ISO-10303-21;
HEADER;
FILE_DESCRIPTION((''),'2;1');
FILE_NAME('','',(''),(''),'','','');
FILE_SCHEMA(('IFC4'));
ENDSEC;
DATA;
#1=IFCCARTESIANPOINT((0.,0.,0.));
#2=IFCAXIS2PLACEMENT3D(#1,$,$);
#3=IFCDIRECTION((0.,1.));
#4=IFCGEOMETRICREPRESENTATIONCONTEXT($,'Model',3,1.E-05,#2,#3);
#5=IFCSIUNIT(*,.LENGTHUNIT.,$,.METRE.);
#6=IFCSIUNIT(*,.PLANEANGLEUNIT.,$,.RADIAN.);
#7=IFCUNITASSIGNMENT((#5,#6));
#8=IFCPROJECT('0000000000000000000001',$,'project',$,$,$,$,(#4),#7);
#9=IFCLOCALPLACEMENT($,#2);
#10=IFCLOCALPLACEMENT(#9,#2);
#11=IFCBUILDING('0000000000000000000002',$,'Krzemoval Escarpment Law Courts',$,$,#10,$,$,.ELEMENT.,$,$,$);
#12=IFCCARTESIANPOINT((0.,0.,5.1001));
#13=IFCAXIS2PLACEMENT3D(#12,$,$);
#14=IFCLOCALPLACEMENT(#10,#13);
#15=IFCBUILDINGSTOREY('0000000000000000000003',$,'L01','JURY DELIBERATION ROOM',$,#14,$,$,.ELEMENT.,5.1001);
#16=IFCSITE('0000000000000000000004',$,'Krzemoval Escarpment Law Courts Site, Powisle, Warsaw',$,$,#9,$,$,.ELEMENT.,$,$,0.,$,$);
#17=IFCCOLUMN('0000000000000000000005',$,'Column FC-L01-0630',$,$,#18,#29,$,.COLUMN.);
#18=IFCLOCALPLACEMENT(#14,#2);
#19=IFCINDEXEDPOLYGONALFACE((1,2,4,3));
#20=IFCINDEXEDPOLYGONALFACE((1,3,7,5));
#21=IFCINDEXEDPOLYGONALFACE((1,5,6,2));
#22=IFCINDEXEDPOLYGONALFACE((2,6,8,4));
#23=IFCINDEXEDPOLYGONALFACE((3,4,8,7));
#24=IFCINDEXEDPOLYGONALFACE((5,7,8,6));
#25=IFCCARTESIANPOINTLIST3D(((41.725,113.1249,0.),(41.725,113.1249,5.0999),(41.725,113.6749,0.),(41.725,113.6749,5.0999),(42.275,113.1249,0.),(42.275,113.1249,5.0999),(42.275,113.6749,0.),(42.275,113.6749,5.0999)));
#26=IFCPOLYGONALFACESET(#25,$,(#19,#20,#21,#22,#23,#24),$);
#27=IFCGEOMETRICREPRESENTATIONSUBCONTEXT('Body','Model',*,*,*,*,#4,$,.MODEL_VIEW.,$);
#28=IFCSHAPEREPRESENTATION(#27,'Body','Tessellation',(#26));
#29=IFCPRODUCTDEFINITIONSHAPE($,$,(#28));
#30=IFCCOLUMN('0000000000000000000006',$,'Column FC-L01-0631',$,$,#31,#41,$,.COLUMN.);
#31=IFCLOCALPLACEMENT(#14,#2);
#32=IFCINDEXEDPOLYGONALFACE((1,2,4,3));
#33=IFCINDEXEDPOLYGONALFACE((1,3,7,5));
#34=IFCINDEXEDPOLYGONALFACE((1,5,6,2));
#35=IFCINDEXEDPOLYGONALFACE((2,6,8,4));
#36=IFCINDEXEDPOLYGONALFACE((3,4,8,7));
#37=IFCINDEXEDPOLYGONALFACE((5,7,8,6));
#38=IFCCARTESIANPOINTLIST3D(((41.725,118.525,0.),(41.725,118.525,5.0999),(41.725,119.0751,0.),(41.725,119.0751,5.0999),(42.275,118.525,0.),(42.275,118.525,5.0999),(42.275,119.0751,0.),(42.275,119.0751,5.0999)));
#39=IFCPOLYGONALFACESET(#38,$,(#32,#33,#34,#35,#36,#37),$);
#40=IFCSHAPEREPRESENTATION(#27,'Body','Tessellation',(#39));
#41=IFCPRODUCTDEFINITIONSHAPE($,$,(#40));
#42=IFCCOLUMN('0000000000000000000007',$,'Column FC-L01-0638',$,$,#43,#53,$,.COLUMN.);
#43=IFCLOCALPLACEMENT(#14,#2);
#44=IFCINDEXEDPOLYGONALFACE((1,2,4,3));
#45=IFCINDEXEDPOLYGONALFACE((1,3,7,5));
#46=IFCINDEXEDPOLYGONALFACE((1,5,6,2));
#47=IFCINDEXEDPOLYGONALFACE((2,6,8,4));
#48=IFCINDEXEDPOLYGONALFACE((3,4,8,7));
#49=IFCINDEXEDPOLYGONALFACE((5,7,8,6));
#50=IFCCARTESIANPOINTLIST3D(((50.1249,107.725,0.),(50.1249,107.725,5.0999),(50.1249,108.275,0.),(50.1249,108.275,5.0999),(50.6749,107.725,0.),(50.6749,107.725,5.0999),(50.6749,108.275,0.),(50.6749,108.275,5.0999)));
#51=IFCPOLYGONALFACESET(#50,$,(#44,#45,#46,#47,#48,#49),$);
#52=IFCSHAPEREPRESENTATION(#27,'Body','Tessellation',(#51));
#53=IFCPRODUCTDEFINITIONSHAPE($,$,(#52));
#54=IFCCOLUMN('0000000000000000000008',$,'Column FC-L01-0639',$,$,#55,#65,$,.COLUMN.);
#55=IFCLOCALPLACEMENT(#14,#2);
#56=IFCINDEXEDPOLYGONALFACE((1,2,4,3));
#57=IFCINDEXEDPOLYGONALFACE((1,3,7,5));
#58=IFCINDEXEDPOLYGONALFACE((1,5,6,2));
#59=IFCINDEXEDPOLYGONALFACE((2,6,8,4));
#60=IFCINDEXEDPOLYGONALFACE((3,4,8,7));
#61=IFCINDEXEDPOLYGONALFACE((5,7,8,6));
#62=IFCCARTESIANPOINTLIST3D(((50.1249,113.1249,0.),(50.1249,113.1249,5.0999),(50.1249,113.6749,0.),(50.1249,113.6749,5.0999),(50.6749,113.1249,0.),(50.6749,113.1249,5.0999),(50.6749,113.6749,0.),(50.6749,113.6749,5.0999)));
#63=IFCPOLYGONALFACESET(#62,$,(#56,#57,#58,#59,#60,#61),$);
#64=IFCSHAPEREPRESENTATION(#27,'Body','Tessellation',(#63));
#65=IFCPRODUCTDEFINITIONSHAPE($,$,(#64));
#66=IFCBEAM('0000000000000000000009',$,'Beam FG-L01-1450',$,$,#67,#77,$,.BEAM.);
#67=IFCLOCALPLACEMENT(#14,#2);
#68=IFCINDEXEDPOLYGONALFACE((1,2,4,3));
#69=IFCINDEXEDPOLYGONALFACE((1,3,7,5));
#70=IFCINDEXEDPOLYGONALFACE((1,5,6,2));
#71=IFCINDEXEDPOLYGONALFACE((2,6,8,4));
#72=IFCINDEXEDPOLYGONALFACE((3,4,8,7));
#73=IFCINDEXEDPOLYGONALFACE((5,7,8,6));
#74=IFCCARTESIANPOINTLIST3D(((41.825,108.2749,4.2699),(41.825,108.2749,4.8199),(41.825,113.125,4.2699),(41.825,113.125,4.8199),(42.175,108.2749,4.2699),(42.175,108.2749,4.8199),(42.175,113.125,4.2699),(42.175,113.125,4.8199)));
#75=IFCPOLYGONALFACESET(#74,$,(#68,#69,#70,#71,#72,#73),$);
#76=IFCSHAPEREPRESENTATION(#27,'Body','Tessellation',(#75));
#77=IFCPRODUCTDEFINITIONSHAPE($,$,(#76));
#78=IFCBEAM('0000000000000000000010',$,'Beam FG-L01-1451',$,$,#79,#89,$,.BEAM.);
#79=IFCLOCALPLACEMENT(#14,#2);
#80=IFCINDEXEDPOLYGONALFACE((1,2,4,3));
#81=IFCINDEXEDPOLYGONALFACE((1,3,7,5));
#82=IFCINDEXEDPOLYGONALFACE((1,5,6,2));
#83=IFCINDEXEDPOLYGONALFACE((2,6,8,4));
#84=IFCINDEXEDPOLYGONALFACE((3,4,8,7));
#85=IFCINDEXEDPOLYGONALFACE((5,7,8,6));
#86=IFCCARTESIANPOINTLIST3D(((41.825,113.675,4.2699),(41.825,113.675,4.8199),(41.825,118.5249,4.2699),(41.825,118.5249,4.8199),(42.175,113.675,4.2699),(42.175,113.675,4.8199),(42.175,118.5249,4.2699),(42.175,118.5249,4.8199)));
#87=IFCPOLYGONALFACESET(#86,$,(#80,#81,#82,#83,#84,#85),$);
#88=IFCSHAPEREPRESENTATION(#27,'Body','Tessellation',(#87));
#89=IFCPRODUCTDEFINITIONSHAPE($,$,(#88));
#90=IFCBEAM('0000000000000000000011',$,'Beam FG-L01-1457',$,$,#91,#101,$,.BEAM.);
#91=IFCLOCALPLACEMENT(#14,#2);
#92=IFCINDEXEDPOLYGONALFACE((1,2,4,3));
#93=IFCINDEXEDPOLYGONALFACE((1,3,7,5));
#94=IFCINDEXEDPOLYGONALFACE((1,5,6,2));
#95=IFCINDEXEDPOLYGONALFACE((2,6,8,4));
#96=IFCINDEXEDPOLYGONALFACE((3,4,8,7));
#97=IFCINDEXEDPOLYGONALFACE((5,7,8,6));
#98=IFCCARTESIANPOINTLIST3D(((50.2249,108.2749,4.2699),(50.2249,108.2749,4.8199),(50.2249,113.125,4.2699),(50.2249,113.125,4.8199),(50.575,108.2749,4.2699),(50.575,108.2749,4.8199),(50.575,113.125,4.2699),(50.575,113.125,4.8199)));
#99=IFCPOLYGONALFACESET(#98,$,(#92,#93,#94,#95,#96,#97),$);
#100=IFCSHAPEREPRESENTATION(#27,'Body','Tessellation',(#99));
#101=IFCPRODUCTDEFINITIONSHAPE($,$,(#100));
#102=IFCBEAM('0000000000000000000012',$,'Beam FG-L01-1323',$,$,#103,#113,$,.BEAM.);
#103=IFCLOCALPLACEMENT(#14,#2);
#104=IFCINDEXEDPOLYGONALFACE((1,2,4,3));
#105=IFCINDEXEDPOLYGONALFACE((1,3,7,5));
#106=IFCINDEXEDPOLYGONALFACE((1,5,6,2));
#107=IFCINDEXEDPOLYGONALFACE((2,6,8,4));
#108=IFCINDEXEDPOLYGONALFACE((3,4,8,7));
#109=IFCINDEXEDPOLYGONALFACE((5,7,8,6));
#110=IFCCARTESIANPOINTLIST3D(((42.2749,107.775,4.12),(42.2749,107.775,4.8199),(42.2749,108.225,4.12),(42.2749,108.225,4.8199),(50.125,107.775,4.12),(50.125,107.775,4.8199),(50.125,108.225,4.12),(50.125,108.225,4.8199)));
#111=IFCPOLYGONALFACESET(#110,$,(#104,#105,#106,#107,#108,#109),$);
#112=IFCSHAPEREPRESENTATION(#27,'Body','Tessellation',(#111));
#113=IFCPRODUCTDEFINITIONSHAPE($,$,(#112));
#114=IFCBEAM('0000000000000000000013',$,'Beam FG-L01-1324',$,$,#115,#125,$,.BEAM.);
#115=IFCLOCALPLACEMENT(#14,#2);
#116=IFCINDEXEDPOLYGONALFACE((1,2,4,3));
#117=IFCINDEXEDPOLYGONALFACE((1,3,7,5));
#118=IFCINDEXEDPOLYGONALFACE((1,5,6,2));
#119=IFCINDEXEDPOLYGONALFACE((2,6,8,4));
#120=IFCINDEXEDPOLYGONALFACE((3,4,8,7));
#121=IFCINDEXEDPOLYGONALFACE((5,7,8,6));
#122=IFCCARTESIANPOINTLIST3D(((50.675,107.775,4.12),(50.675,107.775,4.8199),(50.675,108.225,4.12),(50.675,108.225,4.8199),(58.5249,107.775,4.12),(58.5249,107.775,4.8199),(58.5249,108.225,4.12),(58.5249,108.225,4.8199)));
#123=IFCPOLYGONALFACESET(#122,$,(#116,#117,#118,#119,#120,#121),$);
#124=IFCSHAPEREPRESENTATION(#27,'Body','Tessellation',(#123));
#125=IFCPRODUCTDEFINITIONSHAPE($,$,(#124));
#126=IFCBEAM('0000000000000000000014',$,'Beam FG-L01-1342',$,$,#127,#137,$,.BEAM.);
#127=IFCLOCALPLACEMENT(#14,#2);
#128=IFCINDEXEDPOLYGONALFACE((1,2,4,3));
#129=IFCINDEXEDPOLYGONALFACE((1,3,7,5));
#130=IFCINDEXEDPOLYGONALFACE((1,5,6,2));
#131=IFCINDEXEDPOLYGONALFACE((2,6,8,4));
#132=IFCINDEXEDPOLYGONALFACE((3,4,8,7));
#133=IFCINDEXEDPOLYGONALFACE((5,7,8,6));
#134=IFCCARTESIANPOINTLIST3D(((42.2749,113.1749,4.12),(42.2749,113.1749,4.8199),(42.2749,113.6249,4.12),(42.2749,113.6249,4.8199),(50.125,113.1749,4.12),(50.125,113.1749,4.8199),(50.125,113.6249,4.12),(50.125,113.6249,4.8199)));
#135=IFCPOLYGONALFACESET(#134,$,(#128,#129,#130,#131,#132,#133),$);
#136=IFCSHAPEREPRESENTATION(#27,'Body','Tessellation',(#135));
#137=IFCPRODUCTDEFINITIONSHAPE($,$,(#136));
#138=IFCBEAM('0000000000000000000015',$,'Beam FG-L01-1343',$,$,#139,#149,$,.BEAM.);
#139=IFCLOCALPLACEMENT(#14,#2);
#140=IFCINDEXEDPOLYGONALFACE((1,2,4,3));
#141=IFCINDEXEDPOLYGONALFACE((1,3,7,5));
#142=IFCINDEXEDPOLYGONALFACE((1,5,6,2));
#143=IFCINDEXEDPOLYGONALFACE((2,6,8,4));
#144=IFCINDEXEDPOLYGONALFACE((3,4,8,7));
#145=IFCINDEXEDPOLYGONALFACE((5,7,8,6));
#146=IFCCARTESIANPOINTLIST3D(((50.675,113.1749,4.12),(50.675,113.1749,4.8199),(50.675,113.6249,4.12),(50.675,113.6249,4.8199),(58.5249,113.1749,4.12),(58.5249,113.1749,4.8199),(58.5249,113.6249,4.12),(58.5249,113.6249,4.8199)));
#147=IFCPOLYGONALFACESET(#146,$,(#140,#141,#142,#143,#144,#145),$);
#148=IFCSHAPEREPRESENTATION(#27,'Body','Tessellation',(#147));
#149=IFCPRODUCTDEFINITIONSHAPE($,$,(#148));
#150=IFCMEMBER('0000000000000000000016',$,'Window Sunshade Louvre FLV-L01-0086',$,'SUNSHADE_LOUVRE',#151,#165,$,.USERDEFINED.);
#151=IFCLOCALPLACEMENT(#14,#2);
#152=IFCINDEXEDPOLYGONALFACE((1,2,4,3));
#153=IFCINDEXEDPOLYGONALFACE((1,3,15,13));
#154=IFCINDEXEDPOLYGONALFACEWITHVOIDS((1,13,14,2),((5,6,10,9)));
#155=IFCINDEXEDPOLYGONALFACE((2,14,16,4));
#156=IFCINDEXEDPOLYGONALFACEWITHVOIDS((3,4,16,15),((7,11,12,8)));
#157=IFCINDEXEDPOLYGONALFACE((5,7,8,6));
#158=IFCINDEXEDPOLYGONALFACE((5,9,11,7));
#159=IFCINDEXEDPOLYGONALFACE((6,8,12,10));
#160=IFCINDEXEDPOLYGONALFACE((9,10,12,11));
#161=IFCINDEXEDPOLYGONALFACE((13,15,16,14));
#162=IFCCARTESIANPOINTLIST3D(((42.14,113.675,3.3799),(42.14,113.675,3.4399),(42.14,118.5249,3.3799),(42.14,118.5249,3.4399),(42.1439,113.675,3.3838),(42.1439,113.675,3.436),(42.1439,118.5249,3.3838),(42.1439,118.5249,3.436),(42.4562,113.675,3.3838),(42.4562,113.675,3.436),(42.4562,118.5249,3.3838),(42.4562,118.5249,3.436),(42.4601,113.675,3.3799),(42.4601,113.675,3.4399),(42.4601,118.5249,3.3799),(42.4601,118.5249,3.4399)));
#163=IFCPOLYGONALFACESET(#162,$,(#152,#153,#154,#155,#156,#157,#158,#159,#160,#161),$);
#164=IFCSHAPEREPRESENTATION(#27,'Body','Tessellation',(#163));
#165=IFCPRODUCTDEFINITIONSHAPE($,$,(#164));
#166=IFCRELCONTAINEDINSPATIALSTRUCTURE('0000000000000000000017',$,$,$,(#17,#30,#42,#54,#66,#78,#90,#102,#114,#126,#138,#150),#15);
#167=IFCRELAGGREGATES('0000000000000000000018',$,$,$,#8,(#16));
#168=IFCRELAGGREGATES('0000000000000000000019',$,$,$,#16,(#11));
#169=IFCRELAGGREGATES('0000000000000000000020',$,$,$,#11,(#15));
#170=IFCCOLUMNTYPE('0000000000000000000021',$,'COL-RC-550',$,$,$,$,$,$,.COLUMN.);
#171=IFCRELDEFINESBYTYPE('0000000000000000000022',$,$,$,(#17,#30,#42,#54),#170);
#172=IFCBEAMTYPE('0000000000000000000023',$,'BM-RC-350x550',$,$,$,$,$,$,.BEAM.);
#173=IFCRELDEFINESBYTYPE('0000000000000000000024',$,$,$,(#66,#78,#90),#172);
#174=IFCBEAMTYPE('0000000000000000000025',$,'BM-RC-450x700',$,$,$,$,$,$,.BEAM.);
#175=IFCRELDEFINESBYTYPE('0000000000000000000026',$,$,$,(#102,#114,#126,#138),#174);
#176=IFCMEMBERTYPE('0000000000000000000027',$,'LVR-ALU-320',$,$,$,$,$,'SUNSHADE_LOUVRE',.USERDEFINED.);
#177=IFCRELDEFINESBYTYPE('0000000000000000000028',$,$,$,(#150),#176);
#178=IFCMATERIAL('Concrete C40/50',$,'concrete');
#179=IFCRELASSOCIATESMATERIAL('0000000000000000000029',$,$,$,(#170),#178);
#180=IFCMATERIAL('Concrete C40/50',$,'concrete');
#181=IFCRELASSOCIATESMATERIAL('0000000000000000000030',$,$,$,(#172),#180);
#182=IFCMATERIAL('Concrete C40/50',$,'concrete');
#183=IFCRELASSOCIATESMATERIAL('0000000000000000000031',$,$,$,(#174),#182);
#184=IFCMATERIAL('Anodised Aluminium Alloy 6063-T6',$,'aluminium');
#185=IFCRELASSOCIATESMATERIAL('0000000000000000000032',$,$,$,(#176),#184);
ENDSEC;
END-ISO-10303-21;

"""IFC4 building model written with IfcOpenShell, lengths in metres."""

from ifc_helpers import new_model, si_unit, direction, frame, origin, origin_2d, place, context, subcontext, project, spatial, rectangle, hollow_rectangle, extrude, material, material_profile, profile_set, type_object, element, save


model = new_model("IFC4")

# Units and contexts
model_context = context("Model", 3, precision=1e-05, world=origin(), true_north=direction((0.0, 1.0)))
body_context = subcontext(model_context, "Body", "Model", "MODEL_VIEW")
ifc_project = project(units=[si_unit("LENGTHUNIT", "METRE"), si_unit("PLANEANGLEUNIT", "RADIAN")], contexts=[model_context])

# Site, building, storey
site_placement = place(None, origin())
site = spatial("IfcSite", under=ifc_project, at=site_placement, Name="Krzemoval Escarpment Law Courts Site, Powisle, Warsaw", CompositionType="ELEMENT", RefElevation=0.0)
building_placement = place(site_placement, origin())
building = spatial("IfcBuilding", under=site, at=building_placement, Name="Krzemoval Escarpment Law Courts", CompositionType="ELEMENT")
storey_placement = place(building_placement, frame((0.0, 0.0, 5.1001)))
storey = spatial("IfcBuildingStorey", under=building, at=storey_placement, Name="L01", Description="JURY DELIBERATION ROOM", CompositionType="ELEMENT", Elevation=5.1001)

# Columns
ifc_material_1 = material(Name="Concrete C40/50", Category="concrete")
ifc_material_profile_1 = material_profile(ifc_material_1, rectangle(XDim=0.55, YDim=0.55, at=origin_2d()), Name="RC 550x550")
ifc_profile_set_1 = profile_set([ifc_material_profile_1], Name="Concrete C40/50")
column_type = type_object("IfcColumnType", Name="COL-RC-550", PredefinedType="COLUMN", material=ifc_profile_set_1)
for number, where, z_axis, x_axis, name in (
    (1, (42.0, 113.3999, 0.0), (0.0, 0.0, 1.0), (1.0, 0.0, 0.0), "Column FC-L01-0630"),
    (2, (42.0, 118.8, 0.0), (0.0, 0.0, 1.0), (1.0, 0.0, 0.0), "Column FC-L01-0631"),
    (3, (50.3999, 108.0, 0.0), (0.0, 0.0, 1.0), (1.0, 0.0, 0.0), "Column FC-L01-0638"),
    (4, (50.3999, 113.3999, 0.0), (0.0, 0.0, 1.0), (1.0, 0.0, 0.0), "Column FC-L01-0639"),
):
    element("IfcColumn", number, at=place(storey_placement, frame(where, z_axis=z_axis, x_axis=x_axis)), inside=storey, type_object=column_type, Name=name, PredefinedType="COLUMN", context=body_context, shape_type="SweptSolid", body=[
        extrude(rectangle(XDim=0.55, YDim=0.55, at=origin_2d()), origin(), (0.0, 0.0, 1.0), 5.0999),
    ])

# Beams
ifc_material_2 = material(Name="Concrete C40/50", Category="concrete")
ifc_material_profile_2 = material_profile(ifc_material_2, rectangle(XDim=0.3501, YDim=0.55, at=origin_2d()), Name="RCB 350x550")
ifc_profile_set_2 = profile_set([ifc_material_profile_2], Name="Concrete C40/50")
beam_type_1 = type_object("IfcBeamType", Name="BM-RC-350x550", PredefinedType="BEAM", material=ifc_profile_set_2)
beam_1_placement = place(storey_placement, frame((42.0, 108.2749, 4.5449), z_axis=(0.0, 1.0, 0.0), x_axis=(-1.0, 0.0, 0.0)))
element("IfcBeam", 5, at=beam_1_placement, inside=storey, type_object=beam_type_1, Name="Beam FG-L01-1450", PredefinedType="BEAM", context=body_context, shape_type="SweptSolid", body=[
    extrude(rectangle(XDim=0.3501, YDim=0.55, at=origin_2d()), origin(), (0.0, 0.0, 1.0), 4.8501),
])
beam_2_placement = place(storey_placement, frame((42.0, 113.675, 4.5449), z_axis=(0.0, 1.0, 0.0), x_axis=(-1.0, 0.0, 0.0)))
element("IfcBeam", 6, at=beam_2_placement, inside=storey, type_object=beam_type_1, Name="Beam FG-L01-1451", PredefinedType="BEAM", context=body_context, shape_type="SweptSolid", body=[
    extrude(rectangle(XDim=0.3501, YDim=0.55, at=origin_2d()), origin(), (0.0, 0.0, 1.0), 4.8499),
])
beam_3_placement = place(storey_placement, frame((50.3999, 108.2749, 4.5449), z_axis=(0.0, 1.0, 0.0), x_axis=(-1.0, 0.0, 0.0)))
element("IfcBeam", 7, at=beam_3_placement, inside=storey, type_object=beam_type_1, Name="Beam FG-L01-1457", PredefinedType="BEAM", context=body_context, shape_type="SweptSolid", body=[
    extrude(rectangle(XDim=0.3501, YDim=0.55, at=origin_2d()), origin(), (0.0, 0.0, 1.0), 4.8501),
])
ifc_material_3 = material(Name="Concrete C40/50", Category="concrete")
ifc_material_profile_3 = material_profile(ifc_material_3, rectangle(XDim=0.45, YDim=0.7, at=origin_2d()), Name="RCB 450x700")
ifc_profile_set_3 = profile_set([ifc_material_profile_3], Name="Concrete C40/50")
beam_type_2 = type_object("IfcBeamType", Name="BM-RC-450x700", PredefinedType="BEAM", material=ifc_profile_set_3)
beam_4_placement = place(storey_placement, frame((42.2749, 108.0, 4.47), z_axis=(1.0, 0.0, 0.0), x_axis=(0.0, 1.0, 0.0)))
element("IfcBeam", 8, at=beam_4_placement, inside=storey, type_object=beam_type_2, Name="Beam FG-L01-1323", PredefinedType="BEAM", context=body_context, shape_type="SweptSolid", body=[
    extrude(rectangle(XDim=0.45, YDim=0.7, at=origin_2d()), origin(), (0.0, 0.0, 1.0), 7.8501),
])
beam_5_placement = place(storey_placement, frame((50.675, 108.0, 4.47), z_axis=(1.0, 0.0, 0.0), x_axis=(0.0, 1.0, 0.0)))
element("IfcBeam", 9, at=beam_5_placement, inside=storey, type_object=beam_type_2, Name="Beam FG-L01-1324", PredefinedType="BEAM", context=body_context, shape_type="SweptSolid", body=[
    extrude(rectangle(XDim=0.45, YDim=0.7, at=origin_2d()), origin(), (0.0, 0.0, 1.0), 7.8499),
])
beam_6_placement = place(storey_placement, frame((42.2749, 113.3999, 4.47), z_axis=(1.0, 0.0, 0.0), x_axis=(0.0, 1.0, 0.0)))
element("IfcBeam", 10, at=beam_6_placement, inside=storey, type_object=beam_type_2, Name="Beam FG-L01-1342", PredefinedType="BEAM", context=body_context, shape_type="SweptSolid", body=[
    extrude(rectangle(XDim=0.45, YDim=0.7, at=origin_2d()), origin(), (0.0, 0.0, 1.0), 7.8501),
])
beam_7_placement = place(storey_placement, frame((50.675, 113.3999, 4.47), z_axis=(1.0, 0.0, 0.0), x_axis=(0.0, 1.0, 0.0)))
element("IfcBeam", 11, at=beam_7_placement, inside=storey, type_object=beam_type_2, Name="Beam FG-L01-1343", PredefinedType="BEAM", context=body_context, shape_type="SweptSolid", body=[
    extrude(rectangle(XDim=0.45, YDim=0.7, at=origin_2d()), origin(), (0.0, 0.0, 1.0), 7.8499),
])

# Member
ifc_material_4 = material(Name="Anodised Aluminium Alloy 6063-T6", Category="aluminium")
ifc_material_profile_4 = material_profile(ifc_material_4, hollow_rectangle(XDim=0.0601, YDim=0.3201, WallThickness=0.0039, at=origin_2d()), Name="ALU LVR 60x320")
ifc_profile_set_4 = profile_set([ifc_material_profile_4], Name="Anodised Aluminium Alloy 6063-T6")
member_type = type_object("IfcMemberType", Name="LVR-ALU-320", ElementType="SUNSHADE_LOUVRE", PredefinedType="USERDEFINED", material=ifc_profile_set_4)
member_placement = place(storey_placement, frame((42.3, 118.5249, 3.4099), z_axis=(0.0, -1.0, 0.0), x_axis=(0.0, 0.0, 1.0)))
element("IfcMember", 12, at=member_placement, inside=storey, type_object=member_type, Name="Window Sunshade Louvre FLV-L01-0086", ObjectType="SUNSHADE_LOUVRE", PredefinedType="USERDEFINED", context=body_context, shape_type="SweptSolid", body=[
    extrude(hollow_rectangle(XDim=0.0601, YDim=0.3201, WallThickness=0.0039, at=origin_2d()), origin(), (0.0, 0.0, 1.0), 4.8499),
])

save(model, "model.ifc")
